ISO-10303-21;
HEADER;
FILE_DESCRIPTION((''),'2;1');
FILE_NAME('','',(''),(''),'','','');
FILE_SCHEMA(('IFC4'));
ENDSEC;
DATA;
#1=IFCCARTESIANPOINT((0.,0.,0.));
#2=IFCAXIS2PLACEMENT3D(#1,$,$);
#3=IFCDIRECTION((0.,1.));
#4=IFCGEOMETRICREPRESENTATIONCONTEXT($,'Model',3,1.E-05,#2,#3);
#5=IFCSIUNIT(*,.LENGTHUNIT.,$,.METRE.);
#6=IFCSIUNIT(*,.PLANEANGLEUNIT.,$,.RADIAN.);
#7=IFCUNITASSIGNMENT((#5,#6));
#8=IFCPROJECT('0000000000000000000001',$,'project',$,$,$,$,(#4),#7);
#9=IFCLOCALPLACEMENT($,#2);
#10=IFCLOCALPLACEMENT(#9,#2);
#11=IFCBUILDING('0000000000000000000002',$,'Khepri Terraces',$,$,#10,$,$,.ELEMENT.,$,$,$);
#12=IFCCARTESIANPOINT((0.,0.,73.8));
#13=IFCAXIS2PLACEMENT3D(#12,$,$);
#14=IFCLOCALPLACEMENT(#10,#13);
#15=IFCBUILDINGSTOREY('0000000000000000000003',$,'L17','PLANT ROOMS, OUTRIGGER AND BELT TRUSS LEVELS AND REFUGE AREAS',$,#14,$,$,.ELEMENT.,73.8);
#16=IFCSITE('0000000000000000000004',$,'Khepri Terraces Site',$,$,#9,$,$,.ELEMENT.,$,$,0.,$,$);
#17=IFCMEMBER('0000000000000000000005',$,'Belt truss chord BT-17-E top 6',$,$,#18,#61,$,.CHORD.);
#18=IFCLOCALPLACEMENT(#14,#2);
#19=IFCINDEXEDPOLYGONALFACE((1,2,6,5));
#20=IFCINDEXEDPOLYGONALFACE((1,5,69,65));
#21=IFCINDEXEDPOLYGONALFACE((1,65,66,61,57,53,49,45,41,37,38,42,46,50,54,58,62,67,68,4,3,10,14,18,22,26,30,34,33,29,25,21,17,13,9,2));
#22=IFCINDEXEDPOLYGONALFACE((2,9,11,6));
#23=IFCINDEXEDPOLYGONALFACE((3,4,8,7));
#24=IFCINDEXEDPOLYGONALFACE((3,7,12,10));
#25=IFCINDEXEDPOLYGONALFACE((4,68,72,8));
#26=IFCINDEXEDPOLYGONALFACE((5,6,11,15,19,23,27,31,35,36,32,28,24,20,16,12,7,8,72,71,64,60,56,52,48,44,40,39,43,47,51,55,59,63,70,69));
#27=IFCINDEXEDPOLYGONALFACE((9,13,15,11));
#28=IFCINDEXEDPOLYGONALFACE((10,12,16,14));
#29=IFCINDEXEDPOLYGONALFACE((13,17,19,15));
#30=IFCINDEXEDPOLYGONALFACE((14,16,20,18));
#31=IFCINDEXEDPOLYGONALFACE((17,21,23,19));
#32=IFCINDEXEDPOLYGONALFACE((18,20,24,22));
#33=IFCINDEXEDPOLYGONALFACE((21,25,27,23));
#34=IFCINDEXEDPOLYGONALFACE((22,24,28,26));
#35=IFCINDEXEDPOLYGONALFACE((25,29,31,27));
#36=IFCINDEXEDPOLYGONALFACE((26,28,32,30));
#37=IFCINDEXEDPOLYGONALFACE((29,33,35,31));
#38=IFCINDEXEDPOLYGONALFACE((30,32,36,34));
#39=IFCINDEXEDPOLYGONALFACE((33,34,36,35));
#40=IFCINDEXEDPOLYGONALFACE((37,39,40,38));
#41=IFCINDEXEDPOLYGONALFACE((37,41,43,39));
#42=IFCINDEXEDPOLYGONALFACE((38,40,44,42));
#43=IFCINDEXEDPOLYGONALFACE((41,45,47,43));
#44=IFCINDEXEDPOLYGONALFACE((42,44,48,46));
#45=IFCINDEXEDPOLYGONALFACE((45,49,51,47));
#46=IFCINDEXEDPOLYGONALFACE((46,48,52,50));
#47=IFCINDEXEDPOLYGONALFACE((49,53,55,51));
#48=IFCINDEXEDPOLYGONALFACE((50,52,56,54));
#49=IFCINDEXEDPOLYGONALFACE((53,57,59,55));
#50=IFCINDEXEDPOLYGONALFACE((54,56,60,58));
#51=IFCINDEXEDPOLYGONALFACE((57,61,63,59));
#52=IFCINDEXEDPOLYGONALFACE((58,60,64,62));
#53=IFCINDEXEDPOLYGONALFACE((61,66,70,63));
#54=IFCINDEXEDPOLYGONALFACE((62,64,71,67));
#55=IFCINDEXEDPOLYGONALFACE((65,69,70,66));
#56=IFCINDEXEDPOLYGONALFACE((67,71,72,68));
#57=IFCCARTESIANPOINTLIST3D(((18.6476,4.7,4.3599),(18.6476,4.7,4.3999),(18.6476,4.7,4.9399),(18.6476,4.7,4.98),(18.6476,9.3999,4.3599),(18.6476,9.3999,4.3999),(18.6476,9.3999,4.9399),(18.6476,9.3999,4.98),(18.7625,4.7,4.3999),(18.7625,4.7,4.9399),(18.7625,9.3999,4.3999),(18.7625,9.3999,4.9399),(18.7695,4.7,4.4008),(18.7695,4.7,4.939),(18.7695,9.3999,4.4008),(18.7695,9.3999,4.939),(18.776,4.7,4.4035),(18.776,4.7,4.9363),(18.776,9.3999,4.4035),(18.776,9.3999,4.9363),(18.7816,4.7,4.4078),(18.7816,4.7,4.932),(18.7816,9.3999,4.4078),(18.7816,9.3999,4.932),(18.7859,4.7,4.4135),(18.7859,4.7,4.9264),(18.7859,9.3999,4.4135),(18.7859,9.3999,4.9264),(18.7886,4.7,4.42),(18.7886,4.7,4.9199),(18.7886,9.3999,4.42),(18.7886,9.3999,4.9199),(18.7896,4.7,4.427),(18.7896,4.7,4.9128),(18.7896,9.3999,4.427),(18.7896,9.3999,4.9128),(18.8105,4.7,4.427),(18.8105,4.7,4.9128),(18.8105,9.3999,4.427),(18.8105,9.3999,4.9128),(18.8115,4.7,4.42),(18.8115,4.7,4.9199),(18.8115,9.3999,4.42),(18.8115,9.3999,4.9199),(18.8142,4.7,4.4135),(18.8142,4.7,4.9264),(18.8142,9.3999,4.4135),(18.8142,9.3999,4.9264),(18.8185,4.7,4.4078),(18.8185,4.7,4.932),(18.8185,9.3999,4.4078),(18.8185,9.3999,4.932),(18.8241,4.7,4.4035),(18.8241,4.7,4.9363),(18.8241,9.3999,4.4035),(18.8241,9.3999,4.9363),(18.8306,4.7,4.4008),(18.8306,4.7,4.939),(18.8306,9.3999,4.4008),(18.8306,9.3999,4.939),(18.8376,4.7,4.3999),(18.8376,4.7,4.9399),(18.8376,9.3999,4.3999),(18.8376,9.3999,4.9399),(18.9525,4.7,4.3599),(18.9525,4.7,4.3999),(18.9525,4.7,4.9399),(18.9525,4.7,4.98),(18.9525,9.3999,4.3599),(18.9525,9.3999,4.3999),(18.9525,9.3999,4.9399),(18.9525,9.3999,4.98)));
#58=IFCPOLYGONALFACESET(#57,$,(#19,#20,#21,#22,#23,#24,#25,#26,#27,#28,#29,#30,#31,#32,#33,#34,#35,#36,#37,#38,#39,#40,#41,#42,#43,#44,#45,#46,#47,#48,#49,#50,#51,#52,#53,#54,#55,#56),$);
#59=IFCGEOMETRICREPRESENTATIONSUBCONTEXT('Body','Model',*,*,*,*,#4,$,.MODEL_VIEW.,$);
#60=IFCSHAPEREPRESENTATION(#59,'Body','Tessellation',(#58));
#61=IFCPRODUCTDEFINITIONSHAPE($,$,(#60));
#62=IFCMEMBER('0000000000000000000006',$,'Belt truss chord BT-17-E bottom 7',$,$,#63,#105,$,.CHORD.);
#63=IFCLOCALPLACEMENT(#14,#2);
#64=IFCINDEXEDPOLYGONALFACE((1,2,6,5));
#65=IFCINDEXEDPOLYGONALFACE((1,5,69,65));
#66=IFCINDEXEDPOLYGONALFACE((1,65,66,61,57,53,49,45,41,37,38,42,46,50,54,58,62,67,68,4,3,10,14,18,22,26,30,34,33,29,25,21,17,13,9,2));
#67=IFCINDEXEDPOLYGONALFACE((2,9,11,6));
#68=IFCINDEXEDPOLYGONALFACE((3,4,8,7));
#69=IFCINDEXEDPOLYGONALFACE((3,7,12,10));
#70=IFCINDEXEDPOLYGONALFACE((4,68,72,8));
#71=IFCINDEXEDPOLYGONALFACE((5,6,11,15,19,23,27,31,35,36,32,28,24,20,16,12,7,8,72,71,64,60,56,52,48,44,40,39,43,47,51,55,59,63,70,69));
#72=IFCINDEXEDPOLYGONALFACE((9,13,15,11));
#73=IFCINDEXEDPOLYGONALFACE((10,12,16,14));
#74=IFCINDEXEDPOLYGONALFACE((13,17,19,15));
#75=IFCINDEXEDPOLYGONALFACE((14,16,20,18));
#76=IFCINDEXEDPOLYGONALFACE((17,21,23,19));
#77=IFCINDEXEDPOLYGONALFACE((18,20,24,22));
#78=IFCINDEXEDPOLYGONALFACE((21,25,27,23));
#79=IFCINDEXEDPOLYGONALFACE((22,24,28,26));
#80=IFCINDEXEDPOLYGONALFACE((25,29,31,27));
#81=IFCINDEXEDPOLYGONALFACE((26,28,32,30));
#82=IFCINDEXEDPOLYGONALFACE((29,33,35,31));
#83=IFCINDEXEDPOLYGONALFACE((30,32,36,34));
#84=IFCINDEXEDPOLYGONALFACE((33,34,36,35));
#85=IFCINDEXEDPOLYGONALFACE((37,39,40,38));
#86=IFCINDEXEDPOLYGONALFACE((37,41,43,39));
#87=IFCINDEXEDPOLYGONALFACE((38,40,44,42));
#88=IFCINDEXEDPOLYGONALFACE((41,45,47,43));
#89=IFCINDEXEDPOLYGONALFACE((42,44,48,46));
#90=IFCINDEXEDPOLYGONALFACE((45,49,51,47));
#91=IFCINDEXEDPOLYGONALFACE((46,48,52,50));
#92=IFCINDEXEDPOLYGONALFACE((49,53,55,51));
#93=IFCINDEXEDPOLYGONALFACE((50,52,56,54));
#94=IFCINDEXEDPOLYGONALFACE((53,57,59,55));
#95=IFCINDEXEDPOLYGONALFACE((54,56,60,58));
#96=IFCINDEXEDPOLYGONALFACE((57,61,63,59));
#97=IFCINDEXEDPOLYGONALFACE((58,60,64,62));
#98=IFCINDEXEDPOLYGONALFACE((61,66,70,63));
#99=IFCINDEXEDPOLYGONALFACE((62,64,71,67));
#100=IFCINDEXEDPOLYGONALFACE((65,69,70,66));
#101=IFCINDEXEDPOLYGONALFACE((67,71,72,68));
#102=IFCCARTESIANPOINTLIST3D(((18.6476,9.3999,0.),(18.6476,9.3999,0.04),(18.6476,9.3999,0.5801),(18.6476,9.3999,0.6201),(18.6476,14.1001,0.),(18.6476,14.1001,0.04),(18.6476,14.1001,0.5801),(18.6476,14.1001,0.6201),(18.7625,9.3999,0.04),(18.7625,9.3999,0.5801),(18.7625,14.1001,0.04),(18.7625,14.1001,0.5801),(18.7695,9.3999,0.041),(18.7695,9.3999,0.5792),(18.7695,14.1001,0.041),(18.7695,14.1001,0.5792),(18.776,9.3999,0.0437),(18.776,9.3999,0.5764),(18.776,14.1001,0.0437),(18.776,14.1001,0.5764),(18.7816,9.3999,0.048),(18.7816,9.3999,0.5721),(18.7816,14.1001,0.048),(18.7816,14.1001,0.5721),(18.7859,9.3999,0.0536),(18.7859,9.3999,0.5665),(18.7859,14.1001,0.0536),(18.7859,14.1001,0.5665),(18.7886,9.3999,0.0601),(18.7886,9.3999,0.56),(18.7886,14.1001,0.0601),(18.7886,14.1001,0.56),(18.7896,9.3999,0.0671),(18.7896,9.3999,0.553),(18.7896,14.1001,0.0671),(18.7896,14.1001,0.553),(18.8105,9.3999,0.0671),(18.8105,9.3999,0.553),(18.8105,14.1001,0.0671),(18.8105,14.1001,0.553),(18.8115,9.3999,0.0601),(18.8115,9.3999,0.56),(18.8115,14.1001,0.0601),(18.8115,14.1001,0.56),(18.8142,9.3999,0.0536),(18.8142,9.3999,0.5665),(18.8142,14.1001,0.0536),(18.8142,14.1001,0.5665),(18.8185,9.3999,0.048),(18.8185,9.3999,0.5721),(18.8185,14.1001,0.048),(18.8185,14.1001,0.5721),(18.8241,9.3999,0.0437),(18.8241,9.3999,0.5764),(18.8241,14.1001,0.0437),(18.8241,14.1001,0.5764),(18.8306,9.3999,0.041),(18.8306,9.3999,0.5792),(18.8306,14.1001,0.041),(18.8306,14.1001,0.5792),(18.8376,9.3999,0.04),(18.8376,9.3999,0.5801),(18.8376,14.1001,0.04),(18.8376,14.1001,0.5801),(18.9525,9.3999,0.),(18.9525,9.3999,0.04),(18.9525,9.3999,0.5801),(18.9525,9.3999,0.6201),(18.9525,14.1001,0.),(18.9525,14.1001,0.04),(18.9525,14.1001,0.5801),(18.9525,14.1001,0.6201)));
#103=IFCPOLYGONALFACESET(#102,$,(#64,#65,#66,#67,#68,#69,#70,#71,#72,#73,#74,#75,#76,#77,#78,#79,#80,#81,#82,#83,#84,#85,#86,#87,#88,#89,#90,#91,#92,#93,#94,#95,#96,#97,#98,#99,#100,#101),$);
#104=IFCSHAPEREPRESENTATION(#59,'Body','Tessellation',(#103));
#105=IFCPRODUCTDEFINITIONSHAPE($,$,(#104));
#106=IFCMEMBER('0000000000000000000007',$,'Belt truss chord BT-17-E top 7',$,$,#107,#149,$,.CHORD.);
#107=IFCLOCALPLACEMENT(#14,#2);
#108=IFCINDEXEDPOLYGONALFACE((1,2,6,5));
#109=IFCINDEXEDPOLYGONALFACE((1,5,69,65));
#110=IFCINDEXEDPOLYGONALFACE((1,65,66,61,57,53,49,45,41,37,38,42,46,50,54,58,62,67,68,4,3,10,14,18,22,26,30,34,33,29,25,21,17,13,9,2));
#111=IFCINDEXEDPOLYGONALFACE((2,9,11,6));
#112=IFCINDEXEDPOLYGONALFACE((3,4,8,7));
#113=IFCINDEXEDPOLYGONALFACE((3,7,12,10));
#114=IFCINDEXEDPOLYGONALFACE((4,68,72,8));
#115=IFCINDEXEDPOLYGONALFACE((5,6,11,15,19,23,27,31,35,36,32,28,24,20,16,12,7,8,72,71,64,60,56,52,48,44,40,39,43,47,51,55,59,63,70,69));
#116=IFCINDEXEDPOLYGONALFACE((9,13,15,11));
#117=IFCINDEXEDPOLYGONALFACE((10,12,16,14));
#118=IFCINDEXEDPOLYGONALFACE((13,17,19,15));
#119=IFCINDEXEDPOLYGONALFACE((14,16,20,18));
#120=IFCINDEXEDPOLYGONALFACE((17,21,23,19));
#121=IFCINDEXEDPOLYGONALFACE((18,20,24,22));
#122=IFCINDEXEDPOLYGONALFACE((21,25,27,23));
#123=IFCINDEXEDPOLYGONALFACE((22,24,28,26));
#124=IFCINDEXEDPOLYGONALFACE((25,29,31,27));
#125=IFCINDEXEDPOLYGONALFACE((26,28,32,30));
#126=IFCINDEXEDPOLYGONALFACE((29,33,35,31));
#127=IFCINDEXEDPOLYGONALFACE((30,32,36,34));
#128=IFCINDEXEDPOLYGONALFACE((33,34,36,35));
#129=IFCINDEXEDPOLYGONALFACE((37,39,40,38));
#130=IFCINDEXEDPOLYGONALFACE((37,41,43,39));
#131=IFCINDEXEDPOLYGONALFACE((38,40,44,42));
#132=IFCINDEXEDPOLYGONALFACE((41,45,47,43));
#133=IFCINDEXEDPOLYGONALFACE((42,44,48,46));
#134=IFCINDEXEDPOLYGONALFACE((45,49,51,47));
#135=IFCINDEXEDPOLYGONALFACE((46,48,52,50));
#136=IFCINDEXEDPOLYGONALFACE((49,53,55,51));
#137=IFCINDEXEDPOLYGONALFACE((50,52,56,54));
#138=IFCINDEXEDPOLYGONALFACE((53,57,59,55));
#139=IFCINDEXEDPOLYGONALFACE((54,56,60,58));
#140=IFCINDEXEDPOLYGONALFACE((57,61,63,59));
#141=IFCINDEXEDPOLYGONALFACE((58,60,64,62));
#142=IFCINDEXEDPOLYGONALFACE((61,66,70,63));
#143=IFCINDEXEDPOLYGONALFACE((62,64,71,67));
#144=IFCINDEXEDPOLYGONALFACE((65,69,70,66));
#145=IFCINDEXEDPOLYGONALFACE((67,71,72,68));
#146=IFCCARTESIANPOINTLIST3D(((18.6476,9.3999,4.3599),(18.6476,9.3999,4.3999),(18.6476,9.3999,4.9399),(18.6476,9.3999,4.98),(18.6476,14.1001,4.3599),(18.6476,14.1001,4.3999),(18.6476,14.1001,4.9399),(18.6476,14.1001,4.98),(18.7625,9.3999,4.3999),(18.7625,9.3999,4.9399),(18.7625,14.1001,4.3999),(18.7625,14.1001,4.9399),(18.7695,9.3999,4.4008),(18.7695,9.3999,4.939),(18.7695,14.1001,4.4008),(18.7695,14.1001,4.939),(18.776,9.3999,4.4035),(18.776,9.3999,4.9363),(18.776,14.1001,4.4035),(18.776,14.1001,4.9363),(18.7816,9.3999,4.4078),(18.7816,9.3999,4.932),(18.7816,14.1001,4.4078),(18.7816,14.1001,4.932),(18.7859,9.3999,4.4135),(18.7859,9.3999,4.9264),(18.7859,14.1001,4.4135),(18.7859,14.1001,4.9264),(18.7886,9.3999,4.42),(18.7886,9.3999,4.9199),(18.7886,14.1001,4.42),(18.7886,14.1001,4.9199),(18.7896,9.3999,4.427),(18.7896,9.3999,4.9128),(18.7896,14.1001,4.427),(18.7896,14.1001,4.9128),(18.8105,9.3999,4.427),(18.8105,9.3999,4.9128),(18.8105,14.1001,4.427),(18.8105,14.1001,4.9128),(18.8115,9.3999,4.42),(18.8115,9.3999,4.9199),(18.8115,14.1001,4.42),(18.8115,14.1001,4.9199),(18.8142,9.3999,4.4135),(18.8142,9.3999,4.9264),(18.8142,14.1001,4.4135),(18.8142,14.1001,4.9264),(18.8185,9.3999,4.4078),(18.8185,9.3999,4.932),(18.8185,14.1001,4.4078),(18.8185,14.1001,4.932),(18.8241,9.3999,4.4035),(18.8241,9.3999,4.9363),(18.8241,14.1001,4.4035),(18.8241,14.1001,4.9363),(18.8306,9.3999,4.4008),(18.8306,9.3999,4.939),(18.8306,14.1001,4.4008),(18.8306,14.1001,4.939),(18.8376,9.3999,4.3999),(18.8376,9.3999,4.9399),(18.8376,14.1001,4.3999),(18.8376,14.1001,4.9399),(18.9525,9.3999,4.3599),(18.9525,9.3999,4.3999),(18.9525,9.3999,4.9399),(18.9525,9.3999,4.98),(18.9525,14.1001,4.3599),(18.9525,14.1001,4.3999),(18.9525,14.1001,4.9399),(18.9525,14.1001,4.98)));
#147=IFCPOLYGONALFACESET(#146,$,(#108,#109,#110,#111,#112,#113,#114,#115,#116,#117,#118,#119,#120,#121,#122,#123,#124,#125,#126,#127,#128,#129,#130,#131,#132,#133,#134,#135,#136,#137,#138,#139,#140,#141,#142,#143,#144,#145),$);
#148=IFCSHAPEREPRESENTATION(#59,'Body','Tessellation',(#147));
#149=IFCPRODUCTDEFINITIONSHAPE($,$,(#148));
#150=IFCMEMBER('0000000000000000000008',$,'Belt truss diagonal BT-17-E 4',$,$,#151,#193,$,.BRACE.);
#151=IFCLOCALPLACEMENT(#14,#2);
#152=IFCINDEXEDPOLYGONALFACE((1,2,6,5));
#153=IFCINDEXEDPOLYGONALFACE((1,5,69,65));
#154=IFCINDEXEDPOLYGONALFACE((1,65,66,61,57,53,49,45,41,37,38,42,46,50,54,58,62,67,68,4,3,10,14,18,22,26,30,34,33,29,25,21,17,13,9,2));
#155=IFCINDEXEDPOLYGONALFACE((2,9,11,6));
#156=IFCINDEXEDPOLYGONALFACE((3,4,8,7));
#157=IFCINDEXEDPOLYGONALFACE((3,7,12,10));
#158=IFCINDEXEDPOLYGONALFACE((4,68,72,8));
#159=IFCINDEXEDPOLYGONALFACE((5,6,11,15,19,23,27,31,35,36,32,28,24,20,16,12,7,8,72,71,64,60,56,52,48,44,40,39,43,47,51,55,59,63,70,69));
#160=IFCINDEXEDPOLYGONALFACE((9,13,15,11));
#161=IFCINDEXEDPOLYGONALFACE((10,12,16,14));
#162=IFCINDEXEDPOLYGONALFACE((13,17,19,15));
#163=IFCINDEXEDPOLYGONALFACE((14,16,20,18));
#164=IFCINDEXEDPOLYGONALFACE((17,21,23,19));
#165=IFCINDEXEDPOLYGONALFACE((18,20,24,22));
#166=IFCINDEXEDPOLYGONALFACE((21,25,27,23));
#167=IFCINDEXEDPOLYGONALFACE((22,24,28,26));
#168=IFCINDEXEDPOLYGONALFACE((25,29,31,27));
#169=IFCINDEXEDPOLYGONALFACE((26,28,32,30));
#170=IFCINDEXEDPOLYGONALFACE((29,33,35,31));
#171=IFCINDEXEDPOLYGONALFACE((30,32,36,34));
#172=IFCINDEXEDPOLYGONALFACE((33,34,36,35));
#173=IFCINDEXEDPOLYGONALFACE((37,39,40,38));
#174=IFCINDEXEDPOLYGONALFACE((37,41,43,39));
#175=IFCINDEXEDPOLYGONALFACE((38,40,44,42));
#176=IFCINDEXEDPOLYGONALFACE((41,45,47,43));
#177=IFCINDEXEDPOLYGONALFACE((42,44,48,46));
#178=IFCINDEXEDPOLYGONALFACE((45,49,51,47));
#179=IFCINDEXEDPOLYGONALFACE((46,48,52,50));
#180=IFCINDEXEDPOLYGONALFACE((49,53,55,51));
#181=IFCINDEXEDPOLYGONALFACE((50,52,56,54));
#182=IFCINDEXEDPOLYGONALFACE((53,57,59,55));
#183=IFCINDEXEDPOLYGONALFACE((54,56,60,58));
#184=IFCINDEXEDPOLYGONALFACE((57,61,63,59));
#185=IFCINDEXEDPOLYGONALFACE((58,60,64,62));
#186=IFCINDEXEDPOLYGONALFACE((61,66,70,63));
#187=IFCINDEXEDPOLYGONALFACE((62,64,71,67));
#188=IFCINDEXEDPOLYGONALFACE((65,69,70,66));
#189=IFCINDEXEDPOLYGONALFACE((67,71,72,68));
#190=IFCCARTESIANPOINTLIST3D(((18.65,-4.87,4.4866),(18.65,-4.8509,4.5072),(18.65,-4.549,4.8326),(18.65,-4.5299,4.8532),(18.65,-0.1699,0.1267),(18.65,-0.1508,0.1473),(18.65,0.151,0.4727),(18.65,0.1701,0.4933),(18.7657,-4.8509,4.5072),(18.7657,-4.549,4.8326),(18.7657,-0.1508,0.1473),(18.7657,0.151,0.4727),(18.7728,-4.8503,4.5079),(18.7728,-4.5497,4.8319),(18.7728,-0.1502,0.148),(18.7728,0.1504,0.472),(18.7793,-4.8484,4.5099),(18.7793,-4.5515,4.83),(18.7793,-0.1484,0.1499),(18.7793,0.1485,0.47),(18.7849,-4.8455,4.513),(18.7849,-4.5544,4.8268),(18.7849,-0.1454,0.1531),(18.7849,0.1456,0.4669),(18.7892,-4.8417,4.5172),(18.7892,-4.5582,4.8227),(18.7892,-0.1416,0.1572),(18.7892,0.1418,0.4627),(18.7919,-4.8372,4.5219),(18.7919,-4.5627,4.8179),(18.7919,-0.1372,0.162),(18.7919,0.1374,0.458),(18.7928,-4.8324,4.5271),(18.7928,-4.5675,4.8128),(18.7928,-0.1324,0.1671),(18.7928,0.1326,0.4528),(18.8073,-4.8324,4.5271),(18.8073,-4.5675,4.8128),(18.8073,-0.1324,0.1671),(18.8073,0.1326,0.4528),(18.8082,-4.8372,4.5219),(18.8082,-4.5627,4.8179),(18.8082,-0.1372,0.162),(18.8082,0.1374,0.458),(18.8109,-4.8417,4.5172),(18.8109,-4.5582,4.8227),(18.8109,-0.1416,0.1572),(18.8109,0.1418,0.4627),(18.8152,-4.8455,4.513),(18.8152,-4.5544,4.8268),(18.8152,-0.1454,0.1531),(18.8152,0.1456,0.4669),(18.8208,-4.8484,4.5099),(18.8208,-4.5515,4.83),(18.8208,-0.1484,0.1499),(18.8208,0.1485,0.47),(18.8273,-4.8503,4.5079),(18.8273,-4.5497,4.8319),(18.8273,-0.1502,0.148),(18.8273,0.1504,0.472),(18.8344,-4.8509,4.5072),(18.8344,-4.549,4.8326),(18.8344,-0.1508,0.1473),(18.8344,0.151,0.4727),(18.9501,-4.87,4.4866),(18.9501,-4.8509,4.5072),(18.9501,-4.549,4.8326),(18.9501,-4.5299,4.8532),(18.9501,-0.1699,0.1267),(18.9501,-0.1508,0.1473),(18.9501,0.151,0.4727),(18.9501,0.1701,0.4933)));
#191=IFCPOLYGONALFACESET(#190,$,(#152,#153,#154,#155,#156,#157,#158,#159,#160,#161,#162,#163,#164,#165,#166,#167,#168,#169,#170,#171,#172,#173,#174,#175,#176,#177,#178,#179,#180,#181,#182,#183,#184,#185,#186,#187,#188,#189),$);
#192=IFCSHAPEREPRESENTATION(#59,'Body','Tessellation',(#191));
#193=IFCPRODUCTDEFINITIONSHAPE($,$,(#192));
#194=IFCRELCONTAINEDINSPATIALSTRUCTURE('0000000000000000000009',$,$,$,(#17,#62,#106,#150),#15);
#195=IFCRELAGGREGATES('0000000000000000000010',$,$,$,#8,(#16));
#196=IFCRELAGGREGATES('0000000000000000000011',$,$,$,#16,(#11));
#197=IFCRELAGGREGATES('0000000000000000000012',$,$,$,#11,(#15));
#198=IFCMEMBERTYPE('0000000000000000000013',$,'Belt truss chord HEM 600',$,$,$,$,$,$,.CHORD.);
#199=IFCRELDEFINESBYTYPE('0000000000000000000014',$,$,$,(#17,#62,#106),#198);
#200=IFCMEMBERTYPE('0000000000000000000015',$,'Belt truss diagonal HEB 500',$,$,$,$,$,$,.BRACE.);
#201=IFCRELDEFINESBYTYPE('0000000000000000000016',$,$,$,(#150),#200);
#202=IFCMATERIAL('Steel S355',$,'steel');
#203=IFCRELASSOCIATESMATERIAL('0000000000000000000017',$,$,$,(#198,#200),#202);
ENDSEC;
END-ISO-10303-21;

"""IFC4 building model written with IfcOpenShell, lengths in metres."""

from ifc_helpers import new_model, si_unit, direction, frame, origin, origin_2d, place, context, subcontext, project, spatial, i_section, extrude, material, material_profile, profile_set, type_object, element, save


model = new_model("IFC4")

# Units and contexts
model_context = context("Model", 3, precision=1e-05, world=origin(), true_north=direction((0.0, 1.0)))
body_context = subcontext(model_context, "Body", "Model", "MODEL_VIEW")
ifc_project = project(units=[si_unit("LENGTHUNIT", "METRE"), si_unit("PLANEANGLEUNIT", "RADIAN")], contexts=[model_context])

# Site, building, storey
site_placement = place(None, origin())
site = spatial("IfcSite", under=ifc_project, at=site_placement, Name="Khepri Terraces Site", CompositionType="ELEMENT", RefElevation=0.0)
building_placement = place(site_placement, origin())
building = spatial("IfcBuilding", under=site, at=building_placement, Name="Khepri Terraces", CompositionType="ELEMENT")
storey_placement = place(building_placement, frame((0.0, 0.0, 73.8)))
storey = spatial("IfcBuildingStorey", under=building, at=storey_placement, Name="L17", Description="PLANT ROOMS, OUTRIGGER AND BELT TRUSS LEVELS AND REFUGE AREAS", CompositionType="ELEMENT", Elevation=73.8)

# Members
ifc_material_1 = material(Name="Steel S355", Category="steel")
ifc_material_profile_1 = material_profile(ifc_material_1, i_section(OverallWidth=0.3049, OverallDepth=0.6201, WebThickness=0.021, FlangeThickness=0.04, FilletRadius=0.0271, at=origin_2d()), Name="Steel S355", Category="steel")
ifc_profile_set_1 = profile_set([ifc_material_profile_1], Name="Steel S355")
member_type_1 = type_object("IfcMemberType", Name="Belt truss chord HEM 600", PredefinedType="CHORD", material=ifc_profile_set_1)
for number, where, z_axis, x_axis, name in (
    (1, (18.8, 4.7, 4.6699), (0.0, 1.0, 0.0), (-1.0, 0.0, 0.0), "Belt truss chord BT-17-E top 6"),
):
    element("IfcMember", number, at=place(storey_placement, frame(where, z_axis=z_axis, x_axis=x_axis)), inside=storey, type_object=member_type_1, Name=name, PredefinedType="CHORD", context=body_context, shape_type="SweptSolid", body=[
        extrude(i_section(OverallWidth=0.3049, OverallDepth=0.6201, WebThickness=0.021, FlangeThickness=0.04, FilletRadius=0.0271, at=origin_2d()), origin(), (0.0, 0.0, 1.0), 4.7),
    ])
for number, where, z_axis, x_axis, name in (
    (2, (18.8, 9.3999, 0.3101), (0.0, 1.0, 0.0), (-1.0, 0.0, 0.0), "Belt truss chord BT-17-E bottom 7"),
    (3, (18.8, 9.3999, 4.6699), (0.0, 1.0, 0.0), (-1.0, 0.0, 0.0), "Belt truss chord BT-17-E top 7"),
):
    element("IfcMember", number, at=place(storey_placement, frame(where, z_axis=z_axis, x_axis=x_axis)), inside=storey, type_object=member_type_1, Name=name, PredefinedType="CHORD", context=body_context, shape_type="SweptSolid", body=[
        extrude(i_section(OverallWidth=0.3049, OverallDepth=0.6201, WebThickness=0.021, FlangeThickness=0.04, FilletRadius=0.0271, at=origin_2d()), origin(), (0.0, 0.0, 1.0), 4.7002),
    ])
ifc_material_profile_2 = material_profile(ifc_material_1, i_section(OverallWidth=0.3, OverallDepth=0.5, WebThickness=0.0144, FlangeThickness=0.0281, FilletRadius=0.0271, at=origin_2d()), Name="Steel S355", Category="steel")
ifc_profile_set_2 = profile_set([ifc_material_profile_2], Name="Steel S355")
member_type_2 = type_object("IfcMemberType", Name="Belt truss diagonal HEB 500", PredefinedType="BRACE", material=ifc_profile_set_2)
for number, where, z_axis, x_axis, name in (
    (4, (18.8, -4.7, 4.6699), (0.0, 0.733134, -0.680084), (-1.0, 0.0, 0.0), "Belt truss diagonal BT-17-E 4"),
):
    element("IfcMember", number, at=place(storey_placement, frame(where, z_axis=z_axis, x_axis=x_axis)), inside=storey, type_object=member_type_2, Name=name, PredefinedType="BRACE", context=body_context, shape_type="SweptSolid", body=[
        extrude(i_section(OverallWidth=0.3, OverallDepth=0.5, WebThickness=0.0144, FlangeThickness=0.0281, FilletRadius=0.0271, at=origin_2d()), origin(), (0.0, 0.0, 1.0), 6.4109),
    ])

save(model, "model.ifc")
